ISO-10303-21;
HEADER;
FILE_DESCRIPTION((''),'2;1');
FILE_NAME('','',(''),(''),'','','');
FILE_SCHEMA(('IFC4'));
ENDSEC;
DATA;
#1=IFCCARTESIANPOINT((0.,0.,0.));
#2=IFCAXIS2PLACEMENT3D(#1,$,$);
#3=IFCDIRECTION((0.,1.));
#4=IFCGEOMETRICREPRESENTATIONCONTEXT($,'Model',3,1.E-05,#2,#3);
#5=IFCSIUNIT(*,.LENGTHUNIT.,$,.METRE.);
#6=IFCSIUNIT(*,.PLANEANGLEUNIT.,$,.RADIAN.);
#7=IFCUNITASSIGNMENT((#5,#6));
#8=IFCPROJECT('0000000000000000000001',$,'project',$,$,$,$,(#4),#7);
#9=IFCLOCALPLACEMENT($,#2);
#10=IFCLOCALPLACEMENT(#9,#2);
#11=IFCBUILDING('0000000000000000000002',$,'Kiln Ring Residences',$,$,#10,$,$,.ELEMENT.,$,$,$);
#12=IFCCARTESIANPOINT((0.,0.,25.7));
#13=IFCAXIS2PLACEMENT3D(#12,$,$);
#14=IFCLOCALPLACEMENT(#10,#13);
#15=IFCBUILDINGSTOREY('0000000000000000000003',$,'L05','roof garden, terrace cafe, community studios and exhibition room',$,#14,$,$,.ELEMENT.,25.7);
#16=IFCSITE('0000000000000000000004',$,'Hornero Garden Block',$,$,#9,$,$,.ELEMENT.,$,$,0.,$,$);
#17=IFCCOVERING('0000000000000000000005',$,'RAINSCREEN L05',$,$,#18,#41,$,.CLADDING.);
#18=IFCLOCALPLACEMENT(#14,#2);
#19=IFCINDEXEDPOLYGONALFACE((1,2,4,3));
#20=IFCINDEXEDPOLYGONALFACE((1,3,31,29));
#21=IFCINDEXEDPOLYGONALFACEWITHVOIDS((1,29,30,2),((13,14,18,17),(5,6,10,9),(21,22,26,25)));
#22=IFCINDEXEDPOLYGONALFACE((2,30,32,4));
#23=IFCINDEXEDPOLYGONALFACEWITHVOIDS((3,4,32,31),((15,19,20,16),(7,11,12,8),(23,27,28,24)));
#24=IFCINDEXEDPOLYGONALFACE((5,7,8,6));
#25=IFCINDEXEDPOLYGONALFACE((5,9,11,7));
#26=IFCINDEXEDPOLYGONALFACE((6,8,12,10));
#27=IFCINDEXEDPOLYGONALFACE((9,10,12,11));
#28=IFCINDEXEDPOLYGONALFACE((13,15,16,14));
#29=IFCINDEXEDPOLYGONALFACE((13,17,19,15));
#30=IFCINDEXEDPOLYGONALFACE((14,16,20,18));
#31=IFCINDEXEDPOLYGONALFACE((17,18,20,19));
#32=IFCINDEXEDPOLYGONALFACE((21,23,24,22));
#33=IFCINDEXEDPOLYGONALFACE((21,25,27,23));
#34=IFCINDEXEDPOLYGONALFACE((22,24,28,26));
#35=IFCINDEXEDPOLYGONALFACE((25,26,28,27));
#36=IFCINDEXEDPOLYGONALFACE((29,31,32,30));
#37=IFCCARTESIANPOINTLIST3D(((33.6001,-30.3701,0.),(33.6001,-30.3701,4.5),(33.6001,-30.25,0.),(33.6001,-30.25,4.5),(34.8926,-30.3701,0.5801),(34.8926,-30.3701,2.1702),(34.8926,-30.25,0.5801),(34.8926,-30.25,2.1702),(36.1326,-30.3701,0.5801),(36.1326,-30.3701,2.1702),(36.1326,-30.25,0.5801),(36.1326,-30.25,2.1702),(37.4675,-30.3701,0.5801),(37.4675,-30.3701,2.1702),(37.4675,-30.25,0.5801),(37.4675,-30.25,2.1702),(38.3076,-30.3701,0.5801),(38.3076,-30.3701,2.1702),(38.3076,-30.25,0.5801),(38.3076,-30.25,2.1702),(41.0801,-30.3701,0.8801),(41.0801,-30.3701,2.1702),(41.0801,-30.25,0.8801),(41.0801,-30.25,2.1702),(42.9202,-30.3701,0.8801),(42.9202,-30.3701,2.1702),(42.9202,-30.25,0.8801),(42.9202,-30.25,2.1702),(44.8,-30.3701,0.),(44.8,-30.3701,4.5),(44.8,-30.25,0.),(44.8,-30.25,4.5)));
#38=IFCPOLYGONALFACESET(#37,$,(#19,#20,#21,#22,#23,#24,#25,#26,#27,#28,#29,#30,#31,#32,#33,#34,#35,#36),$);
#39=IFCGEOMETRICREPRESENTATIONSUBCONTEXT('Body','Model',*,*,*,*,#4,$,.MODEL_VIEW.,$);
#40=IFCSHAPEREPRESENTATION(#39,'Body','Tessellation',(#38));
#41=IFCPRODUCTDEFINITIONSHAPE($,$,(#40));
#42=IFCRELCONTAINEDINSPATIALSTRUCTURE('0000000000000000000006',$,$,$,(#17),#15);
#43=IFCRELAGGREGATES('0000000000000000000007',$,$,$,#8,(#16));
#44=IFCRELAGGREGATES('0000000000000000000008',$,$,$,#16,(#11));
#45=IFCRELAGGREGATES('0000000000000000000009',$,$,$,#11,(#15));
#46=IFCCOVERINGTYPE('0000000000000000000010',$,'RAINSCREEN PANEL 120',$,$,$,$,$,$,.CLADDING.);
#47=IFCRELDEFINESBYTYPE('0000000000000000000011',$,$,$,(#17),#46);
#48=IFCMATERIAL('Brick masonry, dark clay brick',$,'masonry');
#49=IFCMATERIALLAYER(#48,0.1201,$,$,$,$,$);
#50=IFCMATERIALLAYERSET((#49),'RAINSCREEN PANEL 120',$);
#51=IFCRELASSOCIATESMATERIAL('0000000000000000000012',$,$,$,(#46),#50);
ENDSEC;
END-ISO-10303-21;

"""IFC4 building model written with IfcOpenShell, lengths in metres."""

from ifc_helpers import new_model, si_unit, direction, frame, origin, place, context, subcontext, project, spatial, polyline, outline, extrude, material, layer, layer_set, type_object, element, save


model = new_model("IFC4")

# Units and contexts
model_context = context("Model", 3, precision=1e-05, world=origin(), true_north=direction((0.0, 1.0)))
body_context = subcontext(model_context, "Body", "Model", "MODEL_VIEW")
ifc_project = project(units=[si_unit("LENGTHUNIT", "METRE"), si_unit("PLANEANGLEUNIT", "RADIAN")], contexts=[model_context])

# Site, building, storey
site_placement = place(None, origin())
site = spatial("IfcSite", under=ifc_project, at=site_placement, Name="Hornero Garden Block", CompositionType="ELEMENT", RefElevation=0.0)
building_placement = place(site_placement, origin())
building = spatial("IfcBuilding", under=site, at=building_placement, Name="Kiln Ring Residences", CompositionType="ELEMENT")
storey_placement = place(building_placement, frame((0.0, 0.0, 25.7)))
storey = spatial("IfcBuildingStorey", under=building, at=storey_placement, Name="L05", Description="roof garden, terrace cafe, community studios and exhibition room", CompositionType="ELEMENT", Elevation=25.7)

# Covering
ifc_material_1 = material(Name="Brick masonry, dark clay brick", Category="masonry")
ifc_layer_1 = layer(ifc_material_1, 0.1201)
ifc_layer_set_1 = layer_set([ifc_layer_1], Name="RAINSCREEN PANEL 120")
covering_type = type_object("IfcCoveringType", Name="RAINSCREEN PANEL 120", PredefinedType="CLADDING", material=ifc_layer_set_1)
covering_1_placement = place(storey_placement, frame((33.6001, -30.3101, 0.0), z_axis=(0.0, 0.0, 1.0), x_axis=(1.0, 0.0, 0.0)))
element("IfcCovering", 1, at=covering_1_placement, inside=storey, type_object=covering_type, Name="RAINSCREEN L05", PredefinedType="CLADDING", context=body_context, shape_type="SweptSolid", body=[
    extrude(outline(polyline([(0.0, 0.0), (11.2, 0.0), (11.2, 4.5), (0.0, 4.5), (0.0, 0.0)]), holes=[polyline([(2.5325, 2.1702), (1.2925, 2.1702), (1.2925, 0.5801), (2.5325, 0.5801), (2.5325, 2.1702)]), polyline([(4.7075, 0.5801), (4.7075, 2.1702), (3.8674, 2.1702), (3.8674, 0.5801), (4.7075, 0.5801)]), polyline([(9.3201, 0.8801), (9.3201, 2.1702), (7.48, 2.1702), (7.48, 0.8801), (9.3201, 0.8801)])]), frame((0.0, 0.0601, 0.0), z_axis=(0.0, -1.0, 0.0), x_axis=(1.0, 0.0, 0.0)), (0.0, 0.0, 1.0), 0.1201),
])

save(model, "model.ifc")
